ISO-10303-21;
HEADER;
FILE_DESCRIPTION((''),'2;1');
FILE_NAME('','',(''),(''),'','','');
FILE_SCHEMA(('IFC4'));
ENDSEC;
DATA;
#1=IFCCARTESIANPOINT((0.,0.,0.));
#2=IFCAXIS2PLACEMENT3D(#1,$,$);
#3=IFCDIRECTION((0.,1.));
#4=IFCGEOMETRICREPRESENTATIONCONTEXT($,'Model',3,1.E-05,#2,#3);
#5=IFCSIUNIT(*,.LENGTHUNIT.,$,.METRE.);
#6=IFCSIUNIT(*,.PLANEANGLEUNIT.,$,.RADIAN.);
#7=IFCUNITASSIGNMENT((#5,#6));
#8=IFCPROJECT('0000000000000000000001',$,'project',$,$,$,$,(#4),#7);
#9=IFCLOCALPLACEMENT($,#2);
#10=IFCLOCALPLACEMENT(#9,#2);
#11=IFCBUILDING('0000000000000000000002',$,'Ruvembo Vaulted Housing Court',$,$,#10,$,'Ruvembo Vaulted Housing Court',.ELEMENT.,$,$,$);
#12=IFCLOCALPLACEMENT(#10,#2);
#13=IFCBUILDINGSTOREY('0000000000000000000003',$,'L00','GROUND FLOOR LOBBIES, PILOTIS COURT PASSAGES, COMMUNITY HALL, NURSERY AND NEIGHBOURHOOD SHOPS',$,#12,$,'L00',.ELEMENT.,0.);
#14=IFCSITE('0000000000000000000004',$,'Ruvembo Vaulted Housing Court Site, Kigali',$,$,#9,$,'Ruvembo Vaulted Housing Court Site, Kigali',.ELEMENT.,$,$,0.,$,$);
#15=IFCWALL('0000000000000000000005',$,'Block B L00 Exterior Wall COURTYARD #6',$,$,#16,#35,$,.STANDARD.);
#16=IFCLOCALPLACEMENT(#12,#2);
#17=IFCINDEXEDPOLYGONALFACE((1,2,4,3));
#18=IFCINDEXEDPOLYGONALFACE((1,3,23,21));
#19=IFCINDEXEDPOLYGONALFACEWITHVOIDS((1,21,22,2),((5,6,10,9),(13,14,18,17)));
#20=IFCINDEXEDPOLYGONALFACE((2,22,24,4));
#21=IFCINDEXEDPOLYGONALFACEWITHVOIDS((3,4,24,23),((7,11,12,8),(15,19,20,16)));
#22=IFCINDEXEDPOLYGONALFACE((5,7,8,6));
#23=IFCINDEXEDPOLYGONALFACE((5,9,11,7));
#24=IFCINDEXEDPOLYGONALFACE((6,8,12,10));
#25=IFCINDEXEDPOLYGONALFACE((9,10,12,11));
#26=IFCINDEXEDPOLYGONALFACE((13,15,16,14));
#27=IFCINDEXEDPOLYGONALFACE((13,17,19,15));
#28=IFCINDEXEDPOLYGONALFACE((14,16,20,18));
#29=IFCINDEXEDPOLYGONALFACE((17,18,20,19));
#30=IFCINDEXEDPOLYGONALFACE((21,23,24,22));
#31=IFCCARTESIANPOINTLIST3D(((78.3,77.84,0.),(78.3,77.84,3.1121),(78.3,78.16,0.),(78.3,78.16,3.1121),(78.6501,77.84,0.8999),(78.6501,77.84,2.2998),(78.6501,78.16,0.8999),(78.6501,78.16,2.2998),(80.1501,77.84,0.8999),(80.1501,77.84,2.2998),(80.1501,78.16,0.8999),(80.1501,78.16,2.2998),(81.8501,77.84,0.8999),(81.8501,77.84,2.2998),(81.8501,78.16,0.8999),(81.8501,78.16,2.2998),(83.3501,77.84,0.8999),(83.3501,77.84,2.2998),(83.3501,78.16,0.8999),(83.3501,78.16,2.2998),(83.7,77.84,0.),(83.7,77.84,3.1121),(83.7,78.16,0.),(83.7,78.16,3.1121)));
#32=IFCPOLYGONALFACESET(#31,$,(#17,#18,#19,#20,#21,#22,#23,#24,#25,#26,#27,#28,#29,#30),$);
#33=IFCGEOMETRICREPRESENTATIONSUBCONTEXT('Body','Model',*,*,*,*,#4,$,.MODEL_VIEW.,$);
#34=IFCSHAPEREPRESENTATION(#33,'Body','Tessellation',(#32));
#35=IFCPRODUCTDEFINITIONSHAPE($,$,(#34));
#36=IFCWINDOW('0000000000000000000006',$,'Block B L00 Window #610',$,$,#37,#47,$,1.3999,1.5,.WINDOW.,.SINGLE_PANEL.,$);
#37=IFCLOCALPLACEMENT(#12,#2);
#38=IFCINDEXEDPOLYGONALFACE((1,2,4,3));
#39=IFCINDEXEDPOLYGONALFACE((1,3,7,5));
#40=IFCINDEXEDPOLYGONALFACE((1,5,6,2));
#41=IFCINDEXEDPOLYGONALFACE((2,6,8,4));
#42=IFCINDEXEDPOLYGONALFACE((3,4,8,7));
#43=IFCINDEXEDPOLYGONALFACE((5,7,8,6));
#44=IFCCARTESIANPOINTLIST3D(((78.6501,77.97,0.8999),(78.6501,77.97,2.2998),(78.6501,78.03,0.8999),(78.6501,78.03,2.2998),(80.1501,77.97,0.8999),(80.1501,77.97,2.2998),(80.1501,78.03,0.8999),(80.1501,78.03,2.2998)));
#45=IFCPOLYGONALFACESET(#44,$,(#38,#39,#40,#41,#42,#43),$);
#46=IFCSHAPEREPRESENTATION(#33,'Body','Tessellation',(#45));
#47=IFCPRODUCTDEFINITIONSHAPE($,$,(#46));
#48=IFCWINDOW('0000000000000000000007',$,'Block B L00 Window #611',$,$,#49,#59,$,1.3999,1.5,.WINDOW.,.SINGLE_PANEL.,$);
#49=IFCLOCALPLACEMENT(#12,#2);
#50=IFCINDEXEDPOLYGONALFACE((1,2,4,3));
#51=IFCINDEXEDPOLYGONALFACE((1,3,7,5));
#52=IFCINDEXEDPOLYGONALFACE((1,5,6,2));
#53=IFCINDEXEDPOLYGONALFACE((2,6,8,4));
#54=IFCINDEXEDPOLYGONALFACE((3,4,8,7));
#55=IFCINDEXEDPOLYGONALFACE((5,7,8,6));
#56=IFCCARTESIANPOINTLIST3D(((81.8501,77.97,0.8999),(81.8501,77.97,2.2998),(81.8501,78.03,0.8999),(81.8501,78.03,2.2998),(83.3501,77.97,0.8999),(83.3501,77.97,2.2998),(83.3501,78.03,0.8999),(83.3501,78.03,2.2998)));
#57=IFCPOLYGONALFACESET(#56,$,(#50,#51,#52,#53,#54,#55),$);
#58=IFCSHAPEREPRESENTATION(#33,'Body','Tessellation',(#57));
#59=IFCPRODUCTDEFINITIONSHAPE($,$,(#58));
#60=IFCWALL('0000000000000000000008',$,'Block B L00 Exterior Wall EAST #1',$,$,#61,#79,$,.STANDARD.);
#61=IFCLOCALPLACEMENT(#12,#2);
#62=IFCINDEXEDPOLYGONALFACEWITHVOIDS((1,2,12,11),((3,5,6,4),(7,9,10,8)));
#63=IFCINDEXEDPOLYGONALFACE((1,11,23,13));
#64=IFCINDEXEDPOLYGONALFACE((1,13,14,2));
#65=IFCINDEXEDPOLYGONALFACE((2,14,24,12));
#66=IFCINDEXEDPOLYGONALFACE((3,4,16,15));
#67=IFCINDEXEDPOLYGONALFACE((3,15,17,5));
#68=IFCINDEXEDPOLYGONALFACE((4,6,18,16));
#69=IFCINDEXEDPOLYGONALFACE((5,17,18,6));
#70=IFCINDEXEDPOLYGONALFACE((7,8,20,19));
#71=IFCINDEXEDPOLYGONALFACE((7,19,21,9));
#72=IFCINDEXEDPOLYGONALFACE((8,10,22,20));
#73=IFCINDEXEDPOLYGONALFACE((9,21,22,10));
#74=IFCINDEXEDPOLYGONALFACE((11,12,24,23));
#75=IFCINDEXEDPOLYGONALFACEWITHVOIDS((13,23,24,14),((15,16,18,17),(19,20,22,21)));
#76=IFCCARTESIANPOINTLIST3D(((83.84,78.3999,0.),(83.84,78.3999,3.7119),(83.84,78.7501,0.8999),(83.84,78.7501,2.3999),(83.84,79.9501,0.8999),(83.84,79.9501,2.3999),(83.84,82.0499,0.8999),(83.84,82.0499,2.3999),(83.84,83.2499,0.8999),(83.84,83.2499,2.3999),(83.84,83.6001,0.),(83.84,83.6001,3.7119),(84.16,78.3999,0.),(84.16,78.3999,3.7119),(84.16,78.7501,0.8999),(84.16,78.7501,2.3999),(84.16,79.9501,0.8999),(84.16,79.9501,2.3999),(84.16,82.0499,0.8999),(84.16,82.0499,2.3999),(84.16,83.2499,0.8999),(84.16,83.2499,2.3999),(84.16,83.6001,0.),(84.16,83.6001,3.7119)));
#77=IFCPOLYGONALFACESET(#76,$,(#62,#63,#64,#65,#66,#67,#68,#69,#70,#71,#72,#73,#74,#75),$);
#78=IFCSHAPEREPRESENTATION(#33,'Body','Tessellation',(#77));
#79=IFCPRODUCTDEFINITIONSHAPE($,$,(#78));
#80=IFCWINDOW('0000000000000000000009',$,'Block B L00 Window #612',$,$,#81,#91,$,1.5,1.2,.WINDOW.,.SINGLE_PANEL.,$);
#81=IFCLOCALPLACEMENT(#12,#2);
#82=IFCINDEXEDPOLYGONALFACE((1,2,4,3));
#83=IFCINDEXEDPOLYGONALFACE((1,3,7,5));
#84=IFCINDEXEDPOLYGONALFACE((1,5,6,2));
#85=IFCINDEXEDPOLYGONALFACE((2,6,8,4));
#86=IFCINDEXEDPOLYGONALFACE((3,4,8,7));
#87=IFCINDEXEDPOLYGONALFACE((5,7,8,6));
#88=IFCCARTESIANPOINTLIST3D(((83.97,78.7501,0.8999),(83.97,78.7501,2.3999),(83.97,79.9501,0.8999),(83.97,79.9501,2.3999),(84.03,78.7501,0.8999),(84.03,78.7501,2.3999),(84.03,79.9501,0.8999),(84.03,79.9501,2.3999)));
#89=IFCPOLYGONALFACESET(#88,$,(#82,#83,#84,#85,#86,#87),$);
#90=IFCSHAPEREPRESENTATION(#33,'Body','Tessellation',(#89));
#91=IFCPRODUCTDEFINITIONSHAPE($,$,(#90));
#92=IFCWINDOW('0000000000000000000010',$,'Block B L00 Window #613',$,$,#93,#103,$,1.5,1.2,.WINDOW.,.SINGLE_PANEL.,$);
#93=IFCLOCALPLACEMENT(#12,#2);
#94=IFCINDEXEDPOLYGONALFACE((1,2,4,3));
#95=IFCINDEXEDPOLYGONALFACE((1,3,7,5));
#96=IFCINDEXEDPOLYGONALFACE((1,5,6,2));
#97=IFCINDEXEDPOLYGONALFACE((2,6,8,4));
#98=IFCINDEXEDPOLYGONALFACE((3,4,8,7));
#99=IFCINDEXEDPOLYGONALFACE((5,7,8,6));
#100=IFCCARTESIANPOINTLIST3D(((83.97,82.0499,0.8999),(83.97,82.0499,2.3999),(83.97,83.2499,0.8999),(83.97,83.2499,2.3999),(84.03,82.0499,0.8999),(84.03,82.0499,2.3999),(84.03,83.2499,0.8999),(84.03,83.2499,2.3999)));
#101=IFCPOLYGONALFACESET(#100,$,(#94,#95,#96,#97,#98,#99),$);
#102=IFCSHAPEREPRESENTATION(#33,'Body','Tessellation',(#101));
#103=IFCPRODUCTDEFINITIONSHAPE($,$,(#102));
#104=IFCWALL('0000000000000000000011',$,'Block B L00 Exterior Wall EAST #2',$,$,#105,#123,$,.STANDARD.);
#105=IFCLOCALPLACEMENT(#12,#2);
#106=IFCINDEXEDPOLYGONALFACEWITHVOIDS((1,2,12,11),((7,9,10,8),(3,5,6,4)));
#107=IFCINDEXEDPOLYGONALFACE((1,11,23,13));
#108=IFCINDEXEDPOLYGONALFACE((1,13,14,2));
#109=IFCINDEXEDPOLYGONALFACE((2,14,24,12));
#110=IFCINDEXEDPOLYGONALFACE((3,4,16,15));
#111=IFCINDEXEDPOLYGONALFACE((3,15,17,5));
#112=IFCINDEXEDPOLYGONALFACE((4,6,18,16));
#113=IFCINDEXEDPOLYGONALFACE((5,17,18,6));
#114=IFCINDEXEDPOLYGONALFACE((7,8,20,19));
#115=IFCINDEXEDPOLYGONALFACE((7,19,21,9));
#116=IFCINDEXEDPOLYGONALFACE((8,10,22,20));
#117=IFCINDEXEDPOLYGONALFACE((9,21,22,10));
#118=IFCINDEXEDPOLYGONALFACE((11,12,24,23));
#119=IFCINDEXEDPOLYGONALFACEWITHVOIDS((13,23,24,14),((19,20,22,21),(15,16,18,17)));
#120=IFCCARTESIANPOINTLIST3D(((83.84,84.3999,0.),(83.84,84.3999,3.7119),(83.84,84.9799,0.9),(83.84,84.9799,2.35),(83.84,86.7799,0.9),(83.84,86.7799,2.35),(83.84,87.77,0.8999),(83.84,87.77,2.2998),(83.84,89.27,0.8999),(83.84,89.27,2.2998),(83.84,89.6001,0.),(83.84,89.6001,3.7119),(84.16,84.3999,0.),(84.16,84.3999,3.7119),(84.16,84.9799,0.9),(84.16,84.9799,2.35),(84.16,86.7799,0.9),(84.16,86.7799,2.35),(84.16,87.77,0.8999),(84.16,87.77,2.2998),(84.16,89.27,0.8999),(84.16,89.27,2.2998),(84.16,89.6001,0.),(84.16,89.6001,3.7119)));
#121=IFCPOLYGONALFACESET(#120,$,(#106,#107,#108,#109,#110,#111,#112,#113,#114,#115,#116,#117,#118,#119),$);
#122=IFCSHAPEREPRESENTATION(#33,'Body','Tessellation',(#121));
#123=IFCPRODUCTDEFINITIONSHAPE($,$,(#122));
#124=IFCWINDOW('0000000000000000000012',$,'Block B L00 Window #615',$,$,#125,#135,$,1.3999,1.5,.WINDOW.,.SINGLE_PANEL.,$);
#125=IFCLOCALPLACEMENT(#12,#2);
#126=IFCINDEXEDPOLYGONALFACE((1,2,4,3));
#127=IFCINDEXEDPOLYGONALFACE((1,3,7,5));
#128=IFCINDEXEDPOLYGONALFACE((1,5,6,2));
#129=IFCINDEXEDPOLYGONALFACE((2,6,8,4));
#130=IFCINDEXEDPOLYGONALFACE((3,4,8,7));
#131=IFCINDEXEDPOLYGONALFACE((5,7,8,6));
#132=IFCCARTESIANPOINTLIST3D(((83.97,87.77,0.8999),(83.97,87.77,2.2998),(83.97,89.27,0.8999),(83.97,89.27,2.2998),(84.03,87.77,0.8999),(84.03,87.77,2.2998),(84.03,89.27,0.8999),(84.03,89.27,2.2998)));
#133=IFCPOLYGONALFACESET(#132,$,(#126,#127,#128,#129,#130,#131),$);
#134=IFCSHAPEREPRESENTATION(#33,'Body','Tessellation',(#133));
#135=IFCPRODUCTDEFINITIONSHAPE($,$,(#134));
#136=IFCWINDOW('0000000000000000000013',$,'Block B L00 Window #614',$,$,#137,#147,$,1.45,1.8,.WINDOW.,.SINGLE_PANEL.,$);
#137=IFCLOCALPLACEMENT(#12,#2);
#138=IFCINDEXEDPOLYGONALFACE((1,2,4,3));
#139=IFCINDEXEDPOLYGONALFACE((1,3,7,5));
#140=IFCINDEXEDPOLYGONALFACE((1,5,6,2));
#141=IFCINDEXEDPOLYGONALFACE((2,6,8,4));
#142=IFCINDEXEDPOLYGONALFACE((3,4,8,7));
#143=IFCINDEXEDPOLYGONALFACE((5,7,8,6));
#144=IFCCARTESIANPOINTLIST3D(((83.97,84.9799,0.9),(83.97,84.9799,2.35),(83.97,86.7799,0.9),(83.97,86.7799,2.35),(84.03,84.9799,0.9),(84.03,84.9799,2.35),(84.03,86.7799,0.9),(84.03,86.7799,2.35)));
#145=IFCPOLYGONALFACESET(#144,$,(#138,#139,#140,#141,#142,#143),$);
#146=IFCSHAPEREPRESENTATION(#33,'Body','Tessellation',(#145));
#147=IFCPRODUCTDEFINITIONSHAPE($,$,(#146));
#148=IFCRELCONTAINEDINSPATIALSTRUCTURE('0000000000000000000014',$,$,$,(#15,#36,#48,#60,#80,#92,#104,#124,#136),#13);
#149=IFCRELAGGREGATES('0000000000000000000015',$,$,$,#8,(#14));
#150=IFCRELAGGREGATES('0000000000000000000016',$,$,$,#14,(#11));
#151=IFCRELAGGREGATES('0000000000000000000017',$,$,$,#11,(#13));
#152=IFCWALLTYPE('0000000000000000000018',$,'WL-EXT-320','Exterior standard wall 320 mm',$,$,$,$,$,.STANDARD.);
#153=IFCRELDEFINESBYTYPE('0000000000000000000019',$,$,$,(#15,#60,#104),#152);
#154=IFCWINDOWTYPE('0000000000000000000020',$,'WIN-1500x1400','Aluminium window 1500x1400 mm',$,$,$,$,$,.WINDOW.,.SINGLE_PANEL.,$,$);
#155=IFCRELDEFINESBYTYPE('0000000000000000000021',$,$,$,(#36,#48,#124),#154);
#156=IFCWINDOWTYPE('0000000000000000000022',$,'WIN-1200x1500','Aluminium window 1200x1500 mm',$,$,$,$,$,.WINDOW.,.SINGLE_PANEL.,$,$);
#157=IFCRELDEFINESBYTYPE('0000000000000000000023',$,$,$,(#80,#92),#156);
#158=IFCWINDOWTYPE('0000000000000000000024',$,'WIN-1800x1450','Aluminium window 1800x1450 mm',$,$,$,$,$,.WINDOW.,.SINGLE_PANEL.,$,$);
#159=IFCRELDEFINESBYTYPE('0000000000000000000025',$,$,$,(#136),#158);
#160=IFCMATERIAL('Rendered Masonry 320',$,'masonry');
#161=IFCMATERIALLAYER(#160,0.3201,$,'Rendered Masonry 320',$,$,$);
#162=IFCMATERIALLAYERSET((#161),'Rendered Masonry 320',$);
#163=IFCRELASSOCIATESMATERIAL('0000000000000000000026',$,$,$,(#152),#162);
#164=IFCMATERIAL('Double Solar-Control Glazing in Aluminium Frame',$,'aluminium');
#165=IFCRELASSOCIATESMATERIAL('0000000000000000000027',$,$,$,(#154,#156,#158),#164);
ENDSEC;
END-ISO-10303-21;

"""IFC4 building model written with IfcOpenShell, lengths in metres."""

from ifc_helpers import new_model, si_unit, direction, frame, frame_2d, origin, place, context, subcontext, project, spatial, rectangle, extrude, material, layer, layer_set, type_object, element, fill, save


model = new_model("IFC4")

# Units and contexts
model_context = context("Model", 3, precision=1e-05, world=origin(), true_north=direction((0.0, 1.0)))
body_context = subcontext(model_context, "Body", "Model", "MODEL_VIEW")
ifc_project = project(units=[si_unit("LENGTHUNIT", "METRE"), si_unit("PLANEANGLEUNIT", "RADIAN")], contexts=[model_context])

# Site, building, storey
site_placement = place(None, origin())
site = spatial("IfcSite", under=ifc_project, at=site_placement, Name="Ruvembo Vaulted Housing Court Site, Kigali", LongName="Ruvembo Vaulted Housing Court Site, Kigali", CompositionType="ELEMENT", RefElevation=0.0)
building_placement = place(site_placement, origin())
building = spatial("IfcBuilding", under=site, at=building_placement, Name="Ruvembo Vaulted Housing Court", LongName="Ruvembo Vaulted Housing Court", CompositionType="ELEMENT")
storey_placement = place(building_placement, origin())
storey = spatial("IfcBuildingStorey", under=building, at=storey_placement, Name="L00", Description="GROUND FLOOR LOBBIES, PILOTIS COURT PASSAGES, COMMUNITY HALL, NURSERY AND NEIGHBOURHOOD SHOPS", LongName="L00", CompositionType="ELEMENT", Elevation=0.0)

# Walls, openings, windows
ifc_material_1 = material(Name="Rendered Masonry 320", Category="masonry")
ifc_layer = layer(ifc_material_1, 0.3201, Name="Rendered Masonry 320")
ifc_layer_set = layer_set([ifc_layer], Name="Rendered Masonry 320")
wall_type = type_object("IfcWallType", Name="WL-EXT-320", Description="Exterior standard wall 320 mm", PredefinedType="STANDARD", material=ifc_layer_set)
wall_1_placement = place(storey_placement, frame((78.3, 78.0, 0.0), z_axis=(0.0, 0.0, 1.0), x_axis=(1.0, 0.0, 0.0)))
wall_1 = element("IfcWall", 1, at=wall_1_placement, inside=storey, type_object=wall_type, Name="Block B L00 Exterior Wall COURTYARD #6", PredefinedType="STANDARD", context=body_context, shape_type="SweptSolid", body=[
    extrude(rectangle(XDim=5.3999, YDim=0.3201, at=frame_2d((2.7, 0.0))), origin(), (0.0, 0.0, 1.0), 3.1121),
])
opening_1_placement = place(wall_1_placement, frame((0.3501, 0.0, 0.8999)))
opening_1 = element("IfcOpeningElement", 2, at=opening_1_placement, cuts=wall_1, PredefinedType="OPENING", context=body_context, shape_type="SweptSolid", body=[
    extrude(rectangle(XDim=1.5, YDim=1.3999, at=frame_2d((0.75, 0.7))), frame((0.0, 0.1699, 0.0), z_axis=(0.0, -1.0, 0.0), x_axis=(1.0, 0.0, 0.0)), (0.0, 0.0, 1.0), 0.3401),
])
opening_2_placement = place(wall_1_placement, frame((3.55, 0.0, 0.8999)))
opening_2 = element("IfcOpeningElement", 3, at=opening_2_placement, cuts=wall_1, PredefinedType="OPENING", context=body_context, shape_type="SweptSolid", body=[
    extrude(rectangle(XDim=1.5, YDim=1.3999, at=frame_2d((0.75, 0.7))), frame((0.0, 0.1699, 0.0), z_axis=(0.0, -1.0, 0.0), x_axis=(1.0, 0.0, 0.0)), (0.0, 0.0, 1.0), 0.3401),
])
ifc_material_2 = material(Name="Double Solar-Control Glazing in Aluminium Frame", Category="aluminium")
window_type_1 = type_object("IfcWindowType", Name="WIN-1500x1400", Description="Aluminium window 1500x1400 mm", PartitioningType="SINGLE_PANEL", PredefinedType="WINDOW", material=ifc_material_2)
window_1_placement = place(opening_1_placement, origin())
window_1 = element("IfcWindow", 4, at=window_1_placement, inside=storey, type_object=window_type_1, Name="Block B L00 Window #610", OverallHeight=1.3999, OverallWidth=1.5, PartitioningType="SINGLE_PANEL", PredefinedType="WINDOW", context=body_context, shape_type="SweptSolid", body=[
    extrude(rectangle(XDim=1.5, YDim=1.3999, at=frame_2d((0.75, 0.7))), frame((0.0, 0.03, 0.0), z_axis=(0.0, -1.0, 0.0), x_axis=(1.0, 0.0, 0.0)), (0.0, 0.0, 1.0), 0.0601),
])
fill(opening_1, window_1)
window_2_placement = place(opening_2_placement, origin())
window_2 = element("IfcWindow", 5, at=window_2_placement, inside=storey, type_object=window_type_1, Name="Block B L00 Window #611", OverallHeight=1.3999, OverallWidth=1.5, PartitioningType="SINGLE_PANEL", PredefinedType="WINDOW", context=body_context, shape_type="SweptSolid", body=[
    extrude(rectangle(XDim=1.5, YDim=1.3999, at=frame_2d((0.75, 0.7))), frame((0.0, 0.03, 0.0), z_axis=(0.0, -1.0, 0.0), x_axis=(1.0, 0.0, 0.0)), (0.0, 0.0, 1.0), 0.0601),
])
fill(opening_2, window_2)
wall_2_placement = place(storey_placement, frame((84.0, 78.3999, 0.0), z_axis=(0.0, 0.0, 1.0), x_axis=(0.0, 1.0, 0.0)))
wall_2 = element("IfcWall", 6, at=wall_2_placement, inside=storey, type_object=wall_type, Name="Block B L00 Exterior Wall EAST #1", PredefinedType="STANDARD", context=body_context, shape_type="SweptSolid", body=[
    extrude(rectangle(XDim=5.2002, YDim=0.3201, at=frame_2d((2.6001, 0.0))), origin(), (0.0, 0.0, 1.0), 3.7119),
])
opening_3_placement = place(wall_2_placement, frame((0.3501, 0.0, 0.8999)))
opening_3 = element("IfcOpeningElement", 7, at=opening_3_placement, cuts=wall_2, PredefinedType="OPENING", context=body_context, shape_type="SweptSolid", body=[
    extrude(rectangle(XDim=1.2, YDim=1.5, at=frame_2d((0.6001, 0.75))), frame((0.0, 0.1699, 0.0), z_axis=(0.0, -1.0, 0.0), x_axis=(1.0, 0.0, 0.0)), (0.0, 0.0, 1.0), 0.3401),
])
opening_4_placement = place(wall_2_placement, frame((3.6499, 0.0, 0.8999)))
opening_4 = element("IfcOpeningElement", 8, at=opening_4_placement, cuts=wall_2, PredefinedType="OPENING", context=body_context, shape_type="SweptSolid", body=[
    extrude(rectangle(XDim=1.2, YDim=1.5, at=frame_2d((0.6001, 0.75))), frame((0.0, 0.1699, 0.0), z_axis=(0.0, -1.0, 0.0), x_axis=(1.0, 0.0, 0.0)), (0.0, 0.0, 1.0), 0.3401),
])
window_type_2 = type_object("IfcWindowType", Name="WIN-1200x1500", Description="Aluminium window 1200x1500 mm", PartitioningType="SINGLE_PANEL", PredefinedType="WINDOW", material=ifc_material_2)
window_3_placement = place(opening_3_placement, origin())
window_3 = element("IfcWindow", 9, at=window_3_placement, inside=storey, type_object=window_type_2, Name="Block B L00 Window #612", OverallHeight=1.5, OverallWidth=1.2, PartitioningType="SINGLE_PANEL", PredefinedType="WINDOW", context=body_context, shape_type="SweptSolid", body=[
    extrude(rectangle(XDim=1.2, YDim=1.5, at=frame_2d((0.6001, 0.75))), frame((0.0, 0.03, 0.0), z_axis=(0.0, -1.0, 0.0), x_axis=(1.0, 0.0, 0.0)), (0.0, 0.0, 1.0), 0.0601),
])
fill(opening_3, window_3)
window_4_placement = place(opening_4_placement, origin())
window_4 = element("IfcWindow", 10, at=window_4_placement, inside=storey, type_object=window_type_2, Name="Block B L00 Window #613", OverallHeight=1.5, OverallWidth=1.2, PartitioningType="SINGLE_PANEL", PredefinedType="WINDOW", context=body_context, shape_type="SweptSolid", body=[
    extrude(rectangle(XDim=1.2, YDim=1.5, at=frame_2d((0.6001, 0.75))), frame((0.0, 0.03, 0.0), z_axis=(0.0, -1.0, 0.0), x_axis=(1.0, 0.0, 0.0)), (0.0, 0.0, 1.0), 0.0601),
])
fill(opening_4, window_4)
wall_3_placement = place(storey_placement, frame((84.0, 84.3999, 0.0), z_axis=(0.0, 0.0, 1.0), x_axis=(0.0, 1.0, 0.0)))
wall_3 = element("IfcWall", 11, at=wall_3_placement, inside=storey, type_object=wall_type, Name="Block B L00 Exterior Wall EAST #2", PredefinedType="STANDARD", context=body_context, shape_type="SweptSolid", body=[
    extrude(rectangle(XDim=5.2002, YDim=0.3201, at=frame_2d((2.6001, 0.0))), origin(), (0.0, 0.0, 1.0), 3.7119),
])
opening_5_placement = place(wall_3_placement, frame((0.5801, 0.0, 0.8999)))
opening_5 = element("IfcOpeningElement", 12, at=opening_5_placement, cuts=wall_3, PredefinedType="OPENING", context=body_context, shape_type="SweptSolid", body=[
    extrude(rectangle(XDim=1.8, YDim=1.45, at=frame_2d((0.8999, 0.7251))), frame((0.0, 0.1699, 0.0), z_axis=(0.0, -1.0, 0.0), x_axis=(1.0, 0.0, 0.0)), (0.0, 0.0, 1.0), 0.3401),
])
opening_6_placement = place(wall_3_placement, frame((3.3701, 0.0, 0.8999)))
opening_6 = element("IfcOpeningElement", 13, at=opening_6_placement, cuts=wall_3, PredefinedType="OPENING", context=body_context, shape_type="SweptSolid", body=[
    extrude(rectangle(XDim=1.5, YDim=1.3999, at=frame_2d((0.75, 0.7))), frame((0.0, 0.1699, 0.0), z_axis=(0.0, -1.0, 0.0), x_axis=(1.0, 0.0, 0.0)), (0.0, 0.0, 1.0), 0.3401),
])
window_5_placement = place(opening_6_placement, origin())
window_5 = element("IfcWindow", 14, at=window_5_placement, inside=storey, type_object=window_type_1, Name="Block B L00 Window #615", OverallHeight=1.3999, OverallWidth=1.5, PartitioningType="SINGLE_PANEL", PredefinedType="WINDOW", context=body_context, shape_type="SweptSolid", body=[
    extrude(rectangle(XDim=1.5, YDim=1.3999, at=frame_2d((0.75, 0.7))), frame((0.0, 0.03, 0.0), z_axis=(0.0, -1.0, 0.0), x_axis=(1.0, 0.0, 0.0)), (0.0, 0.0, 1.0), 0.0601),
])
fill(opening_6, window_5)
window_type_3 = type_object("IfcWindowType", Name="WIN-1800x1450", Description="Aluminium window 1800x1450 mm", PartitioningType="SINGLE_PANEL", PredefinedType="WINDOW", material=ifc_material_2)
window_6_placement = place(opening_5_placement, origin())
window_6 = element("IfcWindow", 15, at=window_6_placement, inside=storey, type_object=window_type_3, Name="Block B L00 Window #614", OverallHeight=1.45, OverallWidth=1.8, PartitioningType="SINGLE_PANEL", PredefinedType="WINDOW", context=body_context, shape_type="SweptSolid", body=[
    extrude(rectangle(XDim=1.8, YDim=1.45, at=frame_2d((0.8999, 0.7251))), frame((0.0, 0.03, 0.0), z_axis=(0.0, -1.0, 0.0), x_axis=(1.0, 0.0, 0.0)), (0.0, 0.0, 1.0), 0.0601),
])
fill(opening_5, window_6)

save(model, "model.ifc")
